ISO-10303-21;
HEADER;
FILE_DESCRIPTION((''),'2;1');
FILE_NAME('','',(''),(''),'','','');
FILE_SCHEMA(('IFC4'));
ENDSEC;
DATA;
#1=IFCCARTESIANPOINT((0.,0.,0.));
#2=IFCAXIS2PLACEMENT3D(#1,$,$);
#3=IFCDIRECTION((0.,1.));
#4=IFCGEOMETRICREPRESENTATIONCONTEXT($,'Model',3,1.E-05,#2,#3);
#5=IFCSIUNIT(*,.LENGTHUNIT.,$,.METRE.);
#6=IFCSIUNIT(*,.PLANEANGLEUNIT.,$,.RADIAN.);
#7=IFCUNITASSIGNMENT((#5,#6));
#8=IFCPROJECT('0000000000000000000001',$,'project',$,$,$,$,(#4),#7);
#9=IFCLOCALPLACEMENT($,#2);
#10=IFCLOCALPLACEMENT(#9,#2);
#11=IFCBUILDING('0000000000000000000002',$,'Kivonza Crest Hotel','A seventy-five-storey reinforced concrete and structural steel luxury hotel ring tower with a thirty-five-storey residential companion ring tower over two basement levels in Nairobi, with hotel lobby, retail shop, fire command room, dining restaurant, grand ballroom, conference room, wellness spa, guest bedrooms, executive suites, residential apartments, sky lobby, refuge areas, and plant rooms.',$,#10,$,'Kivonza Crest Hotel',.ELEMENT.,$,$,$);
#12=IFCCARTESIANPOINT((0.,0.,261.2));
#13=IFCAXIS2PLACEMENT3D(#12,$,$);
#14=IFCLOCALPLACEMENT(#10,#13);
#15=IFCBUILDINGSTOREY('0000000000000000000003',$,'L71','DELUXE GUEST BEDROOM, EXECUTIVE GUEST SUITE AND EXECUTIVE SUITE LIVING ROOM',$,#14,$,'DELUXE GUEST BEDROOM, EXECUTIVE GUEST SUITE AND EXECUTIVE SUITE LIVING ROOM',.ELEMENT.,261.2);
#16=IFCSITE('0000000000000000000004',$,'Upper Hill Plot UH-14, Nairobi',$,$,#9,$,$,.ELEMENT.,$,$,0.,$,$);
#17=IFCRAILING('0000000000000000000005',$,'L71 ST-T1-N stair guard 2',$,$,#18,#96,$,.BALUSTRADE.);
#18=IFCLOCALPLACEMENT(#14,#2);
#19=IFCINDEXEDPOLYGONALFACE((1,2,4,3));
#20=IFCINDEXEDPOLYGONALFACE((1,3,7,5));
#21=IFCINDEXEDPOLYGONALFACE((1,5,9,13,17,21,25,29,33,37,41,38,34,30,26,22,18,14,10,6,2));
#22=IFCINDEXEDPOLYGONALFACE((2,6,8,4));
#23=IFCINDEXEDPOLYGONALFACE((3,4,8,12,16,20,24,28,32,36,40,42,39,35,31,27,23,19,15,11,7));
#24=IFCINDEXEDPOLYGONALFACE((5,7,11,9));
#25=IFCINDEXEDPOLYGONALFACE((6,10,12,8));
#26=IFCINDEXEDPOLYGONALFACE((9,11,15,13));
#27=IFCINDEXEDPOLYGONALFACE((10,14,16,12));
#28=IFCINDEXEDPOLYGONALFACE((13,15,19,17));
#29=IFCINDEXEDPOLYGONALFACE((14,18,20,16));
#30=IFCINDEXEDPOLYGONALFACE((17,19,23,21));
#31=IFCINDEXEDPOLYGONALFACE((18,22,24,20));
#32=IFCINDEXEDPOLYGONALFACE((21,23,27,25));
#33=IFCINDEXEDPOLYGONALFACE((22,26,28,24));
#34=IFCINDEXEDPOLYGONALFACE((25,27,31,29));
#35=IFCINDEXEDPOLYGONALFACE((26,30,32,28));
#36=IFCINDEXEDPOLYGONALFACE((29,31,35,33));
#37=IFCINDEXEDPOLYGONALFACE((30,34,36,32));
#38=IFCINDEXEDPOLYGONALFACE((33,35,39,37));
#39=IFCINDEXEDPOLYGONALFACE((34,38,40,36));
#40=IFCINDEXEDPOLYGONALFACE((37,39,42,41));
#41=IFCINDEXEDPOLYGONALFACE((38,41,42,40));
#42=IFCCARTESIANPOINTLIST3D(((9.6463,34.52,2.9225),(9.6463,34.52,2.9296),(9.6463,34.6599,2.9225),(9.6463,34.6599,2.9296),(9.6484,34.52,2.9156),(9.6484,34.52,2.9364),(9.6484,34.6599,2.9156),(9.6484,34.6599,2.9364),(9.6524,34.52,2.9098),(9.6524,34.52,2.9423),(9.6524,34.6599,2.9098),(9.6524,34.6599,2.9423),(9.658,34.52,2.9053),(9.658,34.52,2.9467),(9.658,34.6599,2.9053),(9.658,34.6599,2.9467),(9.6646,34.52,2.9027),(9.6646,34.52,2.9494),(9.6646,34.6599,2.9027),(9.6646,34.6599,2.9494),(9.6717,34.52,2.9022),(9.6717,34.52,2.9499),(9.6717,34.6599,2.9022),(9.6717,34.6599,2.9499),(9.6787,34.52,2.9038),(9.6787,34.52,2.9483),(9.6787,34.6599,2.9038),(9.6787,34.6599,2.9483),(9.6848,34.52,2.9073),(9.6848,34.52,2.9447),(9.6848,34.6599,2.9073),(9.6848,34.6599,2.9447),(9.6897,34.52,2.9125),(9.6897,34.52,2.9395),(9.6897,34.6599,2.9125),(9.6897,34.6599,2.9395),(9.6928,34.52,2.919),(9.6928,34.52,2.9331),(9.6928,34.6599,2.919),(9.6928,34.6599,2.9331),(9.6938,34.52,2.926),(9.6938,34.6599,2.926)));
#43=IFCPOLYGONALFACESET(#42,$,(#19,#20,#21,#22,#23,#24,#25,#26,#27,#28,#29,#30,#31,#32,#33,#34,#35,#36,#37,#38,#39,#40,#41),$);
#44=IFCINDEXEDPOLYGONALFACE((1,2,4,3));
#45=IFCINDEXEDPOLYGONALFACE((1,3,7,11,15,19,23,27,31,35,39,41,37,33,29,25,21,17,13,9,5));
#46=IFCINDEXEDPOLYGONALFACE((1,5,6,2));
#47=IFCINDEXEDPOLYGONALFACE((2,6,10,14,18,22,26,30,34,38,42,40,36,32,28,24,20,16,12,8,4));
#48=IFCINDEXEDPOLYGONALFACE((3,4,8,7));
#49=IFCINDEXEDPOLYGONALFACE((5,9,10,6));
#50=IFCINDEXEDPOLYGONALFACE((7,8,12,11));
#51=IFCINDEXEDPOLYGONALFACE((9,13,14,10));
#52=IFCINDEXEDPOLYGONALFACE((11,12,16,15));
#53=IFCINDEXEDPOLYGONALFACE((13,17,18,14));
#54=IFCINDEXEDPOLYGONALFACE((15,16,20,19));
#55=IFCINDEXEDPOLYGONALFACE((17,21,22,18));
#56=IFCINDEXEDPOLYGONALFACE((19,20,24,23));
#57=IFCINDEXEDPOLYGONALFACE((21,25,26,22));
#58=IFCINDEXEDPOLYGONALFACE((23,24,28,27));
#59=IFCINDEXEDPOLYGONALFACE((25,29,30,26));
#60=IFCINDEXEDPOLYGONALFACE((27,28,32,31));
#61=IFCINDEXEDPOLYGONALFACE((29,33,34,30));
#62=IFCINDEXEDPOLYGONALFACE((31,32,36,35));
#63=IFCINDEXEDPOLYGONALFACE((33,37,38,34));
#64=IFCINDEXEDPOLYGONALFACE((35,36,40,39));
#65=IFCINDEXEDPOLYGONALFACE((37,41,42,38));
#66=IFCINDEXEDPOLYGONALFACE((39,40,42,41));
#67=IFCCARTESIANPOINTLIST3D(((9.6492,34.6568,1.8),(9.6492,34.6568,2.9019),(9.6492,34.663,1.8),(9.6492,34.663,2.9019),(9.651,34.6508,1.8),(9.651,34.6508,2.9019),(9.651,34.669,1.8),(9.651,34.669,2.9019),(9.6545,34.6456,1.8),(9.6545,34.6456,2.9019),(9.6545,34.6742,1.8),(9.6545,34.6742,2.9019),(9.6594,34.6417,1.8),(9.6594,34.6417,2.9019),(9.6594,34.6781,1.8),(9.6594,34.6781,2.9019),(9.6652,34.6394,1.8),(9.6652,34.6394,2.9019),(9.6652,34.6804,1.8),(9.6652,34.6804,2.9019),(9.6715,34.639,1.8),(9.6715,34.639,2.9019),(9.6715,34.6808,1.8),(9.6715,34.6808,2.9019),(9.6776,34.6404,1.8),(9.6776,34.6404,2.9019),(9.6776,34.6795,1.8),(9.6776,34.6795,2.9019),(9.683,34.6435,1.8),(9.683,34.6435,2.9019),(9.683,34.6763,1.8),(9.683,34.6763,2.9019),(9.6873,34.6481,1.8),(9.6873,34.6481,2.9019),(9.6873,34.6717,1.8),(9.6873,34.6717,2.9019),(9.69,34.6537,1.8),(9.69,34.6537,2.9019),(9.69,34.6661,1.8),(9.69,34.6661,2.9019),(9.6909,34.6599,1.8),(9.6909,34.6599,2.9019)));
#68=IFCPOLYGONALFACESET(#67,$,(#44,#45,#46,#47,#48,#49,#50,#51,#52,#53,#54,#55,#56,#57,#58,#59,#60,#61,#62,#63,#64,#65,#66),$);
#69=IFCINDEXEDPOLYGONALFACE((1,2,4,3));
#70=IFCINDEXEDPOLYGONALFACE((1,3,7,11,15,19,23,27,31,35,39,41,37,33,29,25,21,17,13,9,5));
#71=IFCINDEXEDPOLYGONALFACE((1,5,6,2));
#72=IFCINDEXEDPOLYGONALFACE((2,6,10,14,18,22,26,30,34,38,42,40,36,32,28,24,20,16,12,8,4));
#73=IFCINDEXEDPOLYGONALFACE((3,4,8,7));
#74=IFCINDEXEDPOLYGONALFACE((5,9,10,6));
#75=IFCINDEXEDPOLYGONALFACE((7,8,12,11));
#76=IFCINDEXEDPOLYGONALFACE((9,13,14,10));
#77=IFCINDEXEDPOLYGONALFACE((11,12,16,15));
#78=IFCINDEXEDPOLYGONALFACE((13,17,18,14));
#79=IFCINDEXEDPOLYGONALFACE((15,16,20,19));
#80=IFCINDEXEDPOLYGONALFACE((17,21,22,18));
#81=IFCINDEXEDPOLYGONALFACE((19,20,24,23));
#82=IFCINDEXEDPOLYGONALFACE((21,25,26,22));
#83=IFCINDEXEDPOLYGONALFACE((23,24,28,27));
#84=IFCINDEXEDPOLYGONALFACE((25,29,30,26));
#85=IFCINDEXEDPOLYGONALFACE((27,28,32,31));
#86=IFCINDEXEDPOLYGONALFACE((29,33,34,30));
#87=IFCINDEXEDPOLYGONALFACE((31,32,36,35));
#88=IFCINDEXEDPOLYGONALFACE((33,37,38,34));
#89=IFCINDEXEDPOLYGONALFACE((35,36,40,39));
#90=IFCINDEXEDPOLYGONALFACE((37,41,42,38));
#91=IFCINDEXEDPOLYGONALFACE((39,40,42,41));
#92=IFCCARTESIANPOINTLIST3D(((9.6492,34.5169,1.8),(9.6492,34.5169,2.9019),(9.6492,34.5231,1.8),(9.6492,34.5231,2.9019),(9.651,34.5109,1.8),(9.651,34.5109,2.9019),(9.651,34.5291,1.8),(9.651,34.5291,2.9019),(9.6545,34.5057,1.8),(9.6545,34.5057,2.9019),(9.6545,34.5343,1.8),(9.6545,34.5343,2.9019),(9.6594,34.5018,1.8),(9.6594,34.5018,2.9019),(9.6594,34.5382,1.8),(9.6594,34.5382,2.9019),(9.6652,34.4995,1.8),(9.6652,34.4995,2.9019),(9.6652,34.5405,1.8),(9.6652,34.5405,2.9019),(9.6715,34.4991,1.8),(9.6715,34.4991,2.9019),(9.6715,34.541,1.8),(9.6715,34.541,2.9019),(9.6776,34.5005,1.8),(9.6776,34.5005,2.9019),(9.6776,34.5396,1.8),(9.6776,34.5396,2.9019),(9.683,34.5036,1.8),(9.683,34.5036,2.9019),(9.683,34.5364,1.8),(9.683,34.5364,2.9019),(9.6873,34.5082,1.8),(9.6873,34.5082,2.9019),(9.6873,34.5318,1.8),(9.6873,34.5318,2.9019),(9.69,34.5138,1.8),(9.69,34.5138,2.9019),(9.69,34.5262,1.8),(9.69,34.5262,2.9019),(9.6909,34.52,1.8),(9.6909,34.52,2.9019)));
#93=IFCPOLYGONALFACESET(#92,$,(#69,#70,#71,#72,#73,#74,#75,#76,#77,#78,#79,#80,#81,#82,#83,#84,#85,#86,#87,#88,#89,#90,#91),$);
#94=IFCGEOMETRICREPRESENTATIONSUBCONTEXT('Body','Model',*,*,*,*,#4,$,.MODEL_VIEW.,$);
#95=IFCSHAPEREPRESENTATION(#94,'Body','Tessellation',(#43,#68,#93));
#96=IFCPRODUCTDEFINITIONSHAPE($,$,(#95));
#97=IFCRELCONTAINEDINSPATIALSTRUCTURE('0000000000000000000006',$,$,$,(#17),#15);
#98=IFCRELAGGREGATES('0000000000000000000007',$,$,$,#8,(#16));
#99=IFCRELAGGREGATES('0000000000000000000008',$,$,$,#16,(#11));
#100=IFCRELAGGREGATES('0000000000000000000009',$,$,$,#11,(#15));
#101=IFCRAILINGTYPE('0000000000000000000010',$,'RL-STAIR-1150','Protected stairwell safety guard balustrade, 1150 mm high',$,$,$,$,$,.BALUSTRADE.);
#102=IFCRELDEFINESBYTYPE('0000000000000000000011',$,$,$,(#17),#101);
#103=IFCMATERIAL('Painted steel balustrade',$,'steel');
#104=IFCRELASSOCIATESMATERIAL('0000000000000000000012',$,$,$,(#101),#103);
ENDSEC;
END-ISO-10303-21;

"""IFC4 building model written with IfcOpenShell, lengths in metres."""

from ifc_helpers import new_model, si_unit, direction, frame, origin, origin_2d, place, context, subcontext, project, spatial, circle, extrude, material, type_object, element, save


model = new_model("IFC4")

# Units and contexts
model_context = context("Model", 3, precision=1e-05, world=origin(), true_north=direction((0.0, 1.0)))
body_context = subcontext(model_context, "Body", "Model", "MODEL_VIEW")
ifc_project = project(units=[si_unit("LENGTHUNIT", "METRE"), si_unit("PLANEANGLEUNIT", "RADIAN")], contexts=[model_context])

# Site, building, storey
site_placement = place(None, origin())
site = spatial("IfcSite", under=ifc_project, at=site_placement, Name="Upper Hill Plot UH-14, Nairobi", CompositionType="ELEMENT", RefElevation=0.0)
building_placement = place(site_placement, origin())
building = spatial("IfcBuilding", under=site, at=building_placement, Name="Kivonza Crest Hotel", Description="A seventy-five-storey reinforced concrete and structural steel luxury hotel ring tower with a thirty-five-storey residential companion ring tower over two basement levels in Nairobi, with hotel lobby, retail shop, fire command room, dining restaurant, grand ballroom, conference room, wellness spa, guest bedrooms, executive suites, residential apartments, sky lobby, refuge areas, and plant rooms.", LongName="Kivonza Crest Hotel", CompositionType="ELEMENT")
storey_placement = place(building_placement, frame((0.0, 0.0, 261.2)))
storey = spatial("IfcBuildingStorey", under=building, at=storey_placement, Name="L71", Description="DELUXE GUEST BEDROOM, EXECUTIVE GUEST SUITE AND EXECUTIVE SUITE LIVING ROOM", LongName="DELUXE GUEST BEDROOM, EXECUTIVE GUEST SUITE AND EXECUTIVE SUITE LIVING ROOM", CompositionType="ELEMENT", Elevation=261.2)

# Railing
ifc_material_1 = material(Name="Painted steel balustrade", Category="steel")
railing_type_1 = type_object("IfcRailingType", Name="RL-STAIR-1150", Description="Protected stairwell safety guard balustrade, 1150 mm high", PredefinedType="BALUSTRADE", material=ifc_material_1)
railing_1_placement = place(storey_placement, frame((9.6699, 34.6599, 1.8)))
element("IfcRailing", 1, at=railing_1_placement, inside=storey, type_object=railing_type_1, Name="L71 ST-T1-N stair guard 2", PredefinedType="BALUSTRADE", context=body_context, shape_type="SweptSolid", body=[
    extrude(circle(Radius=0.0239, at=origin_2d()), frame((0.0, 0.0, 1.126), z_axis=(0.0, -1.0, 0.0), x_axis=(1.0, 0.0, 0.0)), (0.0, 0.0, 1.0), 0.1399),
    extrude(circle(Radius=0.021, at=origin_2d()), origin(), (0.0, 0.0, 1.0), 1.1018),
    extrude(circle(Radius=0.021, at=origin_2d()), frame((0.0, -0.1399, 0.0)), (0.0, 0.0, 1.0), 1.1018),
])

save(model, "model.ifc")
